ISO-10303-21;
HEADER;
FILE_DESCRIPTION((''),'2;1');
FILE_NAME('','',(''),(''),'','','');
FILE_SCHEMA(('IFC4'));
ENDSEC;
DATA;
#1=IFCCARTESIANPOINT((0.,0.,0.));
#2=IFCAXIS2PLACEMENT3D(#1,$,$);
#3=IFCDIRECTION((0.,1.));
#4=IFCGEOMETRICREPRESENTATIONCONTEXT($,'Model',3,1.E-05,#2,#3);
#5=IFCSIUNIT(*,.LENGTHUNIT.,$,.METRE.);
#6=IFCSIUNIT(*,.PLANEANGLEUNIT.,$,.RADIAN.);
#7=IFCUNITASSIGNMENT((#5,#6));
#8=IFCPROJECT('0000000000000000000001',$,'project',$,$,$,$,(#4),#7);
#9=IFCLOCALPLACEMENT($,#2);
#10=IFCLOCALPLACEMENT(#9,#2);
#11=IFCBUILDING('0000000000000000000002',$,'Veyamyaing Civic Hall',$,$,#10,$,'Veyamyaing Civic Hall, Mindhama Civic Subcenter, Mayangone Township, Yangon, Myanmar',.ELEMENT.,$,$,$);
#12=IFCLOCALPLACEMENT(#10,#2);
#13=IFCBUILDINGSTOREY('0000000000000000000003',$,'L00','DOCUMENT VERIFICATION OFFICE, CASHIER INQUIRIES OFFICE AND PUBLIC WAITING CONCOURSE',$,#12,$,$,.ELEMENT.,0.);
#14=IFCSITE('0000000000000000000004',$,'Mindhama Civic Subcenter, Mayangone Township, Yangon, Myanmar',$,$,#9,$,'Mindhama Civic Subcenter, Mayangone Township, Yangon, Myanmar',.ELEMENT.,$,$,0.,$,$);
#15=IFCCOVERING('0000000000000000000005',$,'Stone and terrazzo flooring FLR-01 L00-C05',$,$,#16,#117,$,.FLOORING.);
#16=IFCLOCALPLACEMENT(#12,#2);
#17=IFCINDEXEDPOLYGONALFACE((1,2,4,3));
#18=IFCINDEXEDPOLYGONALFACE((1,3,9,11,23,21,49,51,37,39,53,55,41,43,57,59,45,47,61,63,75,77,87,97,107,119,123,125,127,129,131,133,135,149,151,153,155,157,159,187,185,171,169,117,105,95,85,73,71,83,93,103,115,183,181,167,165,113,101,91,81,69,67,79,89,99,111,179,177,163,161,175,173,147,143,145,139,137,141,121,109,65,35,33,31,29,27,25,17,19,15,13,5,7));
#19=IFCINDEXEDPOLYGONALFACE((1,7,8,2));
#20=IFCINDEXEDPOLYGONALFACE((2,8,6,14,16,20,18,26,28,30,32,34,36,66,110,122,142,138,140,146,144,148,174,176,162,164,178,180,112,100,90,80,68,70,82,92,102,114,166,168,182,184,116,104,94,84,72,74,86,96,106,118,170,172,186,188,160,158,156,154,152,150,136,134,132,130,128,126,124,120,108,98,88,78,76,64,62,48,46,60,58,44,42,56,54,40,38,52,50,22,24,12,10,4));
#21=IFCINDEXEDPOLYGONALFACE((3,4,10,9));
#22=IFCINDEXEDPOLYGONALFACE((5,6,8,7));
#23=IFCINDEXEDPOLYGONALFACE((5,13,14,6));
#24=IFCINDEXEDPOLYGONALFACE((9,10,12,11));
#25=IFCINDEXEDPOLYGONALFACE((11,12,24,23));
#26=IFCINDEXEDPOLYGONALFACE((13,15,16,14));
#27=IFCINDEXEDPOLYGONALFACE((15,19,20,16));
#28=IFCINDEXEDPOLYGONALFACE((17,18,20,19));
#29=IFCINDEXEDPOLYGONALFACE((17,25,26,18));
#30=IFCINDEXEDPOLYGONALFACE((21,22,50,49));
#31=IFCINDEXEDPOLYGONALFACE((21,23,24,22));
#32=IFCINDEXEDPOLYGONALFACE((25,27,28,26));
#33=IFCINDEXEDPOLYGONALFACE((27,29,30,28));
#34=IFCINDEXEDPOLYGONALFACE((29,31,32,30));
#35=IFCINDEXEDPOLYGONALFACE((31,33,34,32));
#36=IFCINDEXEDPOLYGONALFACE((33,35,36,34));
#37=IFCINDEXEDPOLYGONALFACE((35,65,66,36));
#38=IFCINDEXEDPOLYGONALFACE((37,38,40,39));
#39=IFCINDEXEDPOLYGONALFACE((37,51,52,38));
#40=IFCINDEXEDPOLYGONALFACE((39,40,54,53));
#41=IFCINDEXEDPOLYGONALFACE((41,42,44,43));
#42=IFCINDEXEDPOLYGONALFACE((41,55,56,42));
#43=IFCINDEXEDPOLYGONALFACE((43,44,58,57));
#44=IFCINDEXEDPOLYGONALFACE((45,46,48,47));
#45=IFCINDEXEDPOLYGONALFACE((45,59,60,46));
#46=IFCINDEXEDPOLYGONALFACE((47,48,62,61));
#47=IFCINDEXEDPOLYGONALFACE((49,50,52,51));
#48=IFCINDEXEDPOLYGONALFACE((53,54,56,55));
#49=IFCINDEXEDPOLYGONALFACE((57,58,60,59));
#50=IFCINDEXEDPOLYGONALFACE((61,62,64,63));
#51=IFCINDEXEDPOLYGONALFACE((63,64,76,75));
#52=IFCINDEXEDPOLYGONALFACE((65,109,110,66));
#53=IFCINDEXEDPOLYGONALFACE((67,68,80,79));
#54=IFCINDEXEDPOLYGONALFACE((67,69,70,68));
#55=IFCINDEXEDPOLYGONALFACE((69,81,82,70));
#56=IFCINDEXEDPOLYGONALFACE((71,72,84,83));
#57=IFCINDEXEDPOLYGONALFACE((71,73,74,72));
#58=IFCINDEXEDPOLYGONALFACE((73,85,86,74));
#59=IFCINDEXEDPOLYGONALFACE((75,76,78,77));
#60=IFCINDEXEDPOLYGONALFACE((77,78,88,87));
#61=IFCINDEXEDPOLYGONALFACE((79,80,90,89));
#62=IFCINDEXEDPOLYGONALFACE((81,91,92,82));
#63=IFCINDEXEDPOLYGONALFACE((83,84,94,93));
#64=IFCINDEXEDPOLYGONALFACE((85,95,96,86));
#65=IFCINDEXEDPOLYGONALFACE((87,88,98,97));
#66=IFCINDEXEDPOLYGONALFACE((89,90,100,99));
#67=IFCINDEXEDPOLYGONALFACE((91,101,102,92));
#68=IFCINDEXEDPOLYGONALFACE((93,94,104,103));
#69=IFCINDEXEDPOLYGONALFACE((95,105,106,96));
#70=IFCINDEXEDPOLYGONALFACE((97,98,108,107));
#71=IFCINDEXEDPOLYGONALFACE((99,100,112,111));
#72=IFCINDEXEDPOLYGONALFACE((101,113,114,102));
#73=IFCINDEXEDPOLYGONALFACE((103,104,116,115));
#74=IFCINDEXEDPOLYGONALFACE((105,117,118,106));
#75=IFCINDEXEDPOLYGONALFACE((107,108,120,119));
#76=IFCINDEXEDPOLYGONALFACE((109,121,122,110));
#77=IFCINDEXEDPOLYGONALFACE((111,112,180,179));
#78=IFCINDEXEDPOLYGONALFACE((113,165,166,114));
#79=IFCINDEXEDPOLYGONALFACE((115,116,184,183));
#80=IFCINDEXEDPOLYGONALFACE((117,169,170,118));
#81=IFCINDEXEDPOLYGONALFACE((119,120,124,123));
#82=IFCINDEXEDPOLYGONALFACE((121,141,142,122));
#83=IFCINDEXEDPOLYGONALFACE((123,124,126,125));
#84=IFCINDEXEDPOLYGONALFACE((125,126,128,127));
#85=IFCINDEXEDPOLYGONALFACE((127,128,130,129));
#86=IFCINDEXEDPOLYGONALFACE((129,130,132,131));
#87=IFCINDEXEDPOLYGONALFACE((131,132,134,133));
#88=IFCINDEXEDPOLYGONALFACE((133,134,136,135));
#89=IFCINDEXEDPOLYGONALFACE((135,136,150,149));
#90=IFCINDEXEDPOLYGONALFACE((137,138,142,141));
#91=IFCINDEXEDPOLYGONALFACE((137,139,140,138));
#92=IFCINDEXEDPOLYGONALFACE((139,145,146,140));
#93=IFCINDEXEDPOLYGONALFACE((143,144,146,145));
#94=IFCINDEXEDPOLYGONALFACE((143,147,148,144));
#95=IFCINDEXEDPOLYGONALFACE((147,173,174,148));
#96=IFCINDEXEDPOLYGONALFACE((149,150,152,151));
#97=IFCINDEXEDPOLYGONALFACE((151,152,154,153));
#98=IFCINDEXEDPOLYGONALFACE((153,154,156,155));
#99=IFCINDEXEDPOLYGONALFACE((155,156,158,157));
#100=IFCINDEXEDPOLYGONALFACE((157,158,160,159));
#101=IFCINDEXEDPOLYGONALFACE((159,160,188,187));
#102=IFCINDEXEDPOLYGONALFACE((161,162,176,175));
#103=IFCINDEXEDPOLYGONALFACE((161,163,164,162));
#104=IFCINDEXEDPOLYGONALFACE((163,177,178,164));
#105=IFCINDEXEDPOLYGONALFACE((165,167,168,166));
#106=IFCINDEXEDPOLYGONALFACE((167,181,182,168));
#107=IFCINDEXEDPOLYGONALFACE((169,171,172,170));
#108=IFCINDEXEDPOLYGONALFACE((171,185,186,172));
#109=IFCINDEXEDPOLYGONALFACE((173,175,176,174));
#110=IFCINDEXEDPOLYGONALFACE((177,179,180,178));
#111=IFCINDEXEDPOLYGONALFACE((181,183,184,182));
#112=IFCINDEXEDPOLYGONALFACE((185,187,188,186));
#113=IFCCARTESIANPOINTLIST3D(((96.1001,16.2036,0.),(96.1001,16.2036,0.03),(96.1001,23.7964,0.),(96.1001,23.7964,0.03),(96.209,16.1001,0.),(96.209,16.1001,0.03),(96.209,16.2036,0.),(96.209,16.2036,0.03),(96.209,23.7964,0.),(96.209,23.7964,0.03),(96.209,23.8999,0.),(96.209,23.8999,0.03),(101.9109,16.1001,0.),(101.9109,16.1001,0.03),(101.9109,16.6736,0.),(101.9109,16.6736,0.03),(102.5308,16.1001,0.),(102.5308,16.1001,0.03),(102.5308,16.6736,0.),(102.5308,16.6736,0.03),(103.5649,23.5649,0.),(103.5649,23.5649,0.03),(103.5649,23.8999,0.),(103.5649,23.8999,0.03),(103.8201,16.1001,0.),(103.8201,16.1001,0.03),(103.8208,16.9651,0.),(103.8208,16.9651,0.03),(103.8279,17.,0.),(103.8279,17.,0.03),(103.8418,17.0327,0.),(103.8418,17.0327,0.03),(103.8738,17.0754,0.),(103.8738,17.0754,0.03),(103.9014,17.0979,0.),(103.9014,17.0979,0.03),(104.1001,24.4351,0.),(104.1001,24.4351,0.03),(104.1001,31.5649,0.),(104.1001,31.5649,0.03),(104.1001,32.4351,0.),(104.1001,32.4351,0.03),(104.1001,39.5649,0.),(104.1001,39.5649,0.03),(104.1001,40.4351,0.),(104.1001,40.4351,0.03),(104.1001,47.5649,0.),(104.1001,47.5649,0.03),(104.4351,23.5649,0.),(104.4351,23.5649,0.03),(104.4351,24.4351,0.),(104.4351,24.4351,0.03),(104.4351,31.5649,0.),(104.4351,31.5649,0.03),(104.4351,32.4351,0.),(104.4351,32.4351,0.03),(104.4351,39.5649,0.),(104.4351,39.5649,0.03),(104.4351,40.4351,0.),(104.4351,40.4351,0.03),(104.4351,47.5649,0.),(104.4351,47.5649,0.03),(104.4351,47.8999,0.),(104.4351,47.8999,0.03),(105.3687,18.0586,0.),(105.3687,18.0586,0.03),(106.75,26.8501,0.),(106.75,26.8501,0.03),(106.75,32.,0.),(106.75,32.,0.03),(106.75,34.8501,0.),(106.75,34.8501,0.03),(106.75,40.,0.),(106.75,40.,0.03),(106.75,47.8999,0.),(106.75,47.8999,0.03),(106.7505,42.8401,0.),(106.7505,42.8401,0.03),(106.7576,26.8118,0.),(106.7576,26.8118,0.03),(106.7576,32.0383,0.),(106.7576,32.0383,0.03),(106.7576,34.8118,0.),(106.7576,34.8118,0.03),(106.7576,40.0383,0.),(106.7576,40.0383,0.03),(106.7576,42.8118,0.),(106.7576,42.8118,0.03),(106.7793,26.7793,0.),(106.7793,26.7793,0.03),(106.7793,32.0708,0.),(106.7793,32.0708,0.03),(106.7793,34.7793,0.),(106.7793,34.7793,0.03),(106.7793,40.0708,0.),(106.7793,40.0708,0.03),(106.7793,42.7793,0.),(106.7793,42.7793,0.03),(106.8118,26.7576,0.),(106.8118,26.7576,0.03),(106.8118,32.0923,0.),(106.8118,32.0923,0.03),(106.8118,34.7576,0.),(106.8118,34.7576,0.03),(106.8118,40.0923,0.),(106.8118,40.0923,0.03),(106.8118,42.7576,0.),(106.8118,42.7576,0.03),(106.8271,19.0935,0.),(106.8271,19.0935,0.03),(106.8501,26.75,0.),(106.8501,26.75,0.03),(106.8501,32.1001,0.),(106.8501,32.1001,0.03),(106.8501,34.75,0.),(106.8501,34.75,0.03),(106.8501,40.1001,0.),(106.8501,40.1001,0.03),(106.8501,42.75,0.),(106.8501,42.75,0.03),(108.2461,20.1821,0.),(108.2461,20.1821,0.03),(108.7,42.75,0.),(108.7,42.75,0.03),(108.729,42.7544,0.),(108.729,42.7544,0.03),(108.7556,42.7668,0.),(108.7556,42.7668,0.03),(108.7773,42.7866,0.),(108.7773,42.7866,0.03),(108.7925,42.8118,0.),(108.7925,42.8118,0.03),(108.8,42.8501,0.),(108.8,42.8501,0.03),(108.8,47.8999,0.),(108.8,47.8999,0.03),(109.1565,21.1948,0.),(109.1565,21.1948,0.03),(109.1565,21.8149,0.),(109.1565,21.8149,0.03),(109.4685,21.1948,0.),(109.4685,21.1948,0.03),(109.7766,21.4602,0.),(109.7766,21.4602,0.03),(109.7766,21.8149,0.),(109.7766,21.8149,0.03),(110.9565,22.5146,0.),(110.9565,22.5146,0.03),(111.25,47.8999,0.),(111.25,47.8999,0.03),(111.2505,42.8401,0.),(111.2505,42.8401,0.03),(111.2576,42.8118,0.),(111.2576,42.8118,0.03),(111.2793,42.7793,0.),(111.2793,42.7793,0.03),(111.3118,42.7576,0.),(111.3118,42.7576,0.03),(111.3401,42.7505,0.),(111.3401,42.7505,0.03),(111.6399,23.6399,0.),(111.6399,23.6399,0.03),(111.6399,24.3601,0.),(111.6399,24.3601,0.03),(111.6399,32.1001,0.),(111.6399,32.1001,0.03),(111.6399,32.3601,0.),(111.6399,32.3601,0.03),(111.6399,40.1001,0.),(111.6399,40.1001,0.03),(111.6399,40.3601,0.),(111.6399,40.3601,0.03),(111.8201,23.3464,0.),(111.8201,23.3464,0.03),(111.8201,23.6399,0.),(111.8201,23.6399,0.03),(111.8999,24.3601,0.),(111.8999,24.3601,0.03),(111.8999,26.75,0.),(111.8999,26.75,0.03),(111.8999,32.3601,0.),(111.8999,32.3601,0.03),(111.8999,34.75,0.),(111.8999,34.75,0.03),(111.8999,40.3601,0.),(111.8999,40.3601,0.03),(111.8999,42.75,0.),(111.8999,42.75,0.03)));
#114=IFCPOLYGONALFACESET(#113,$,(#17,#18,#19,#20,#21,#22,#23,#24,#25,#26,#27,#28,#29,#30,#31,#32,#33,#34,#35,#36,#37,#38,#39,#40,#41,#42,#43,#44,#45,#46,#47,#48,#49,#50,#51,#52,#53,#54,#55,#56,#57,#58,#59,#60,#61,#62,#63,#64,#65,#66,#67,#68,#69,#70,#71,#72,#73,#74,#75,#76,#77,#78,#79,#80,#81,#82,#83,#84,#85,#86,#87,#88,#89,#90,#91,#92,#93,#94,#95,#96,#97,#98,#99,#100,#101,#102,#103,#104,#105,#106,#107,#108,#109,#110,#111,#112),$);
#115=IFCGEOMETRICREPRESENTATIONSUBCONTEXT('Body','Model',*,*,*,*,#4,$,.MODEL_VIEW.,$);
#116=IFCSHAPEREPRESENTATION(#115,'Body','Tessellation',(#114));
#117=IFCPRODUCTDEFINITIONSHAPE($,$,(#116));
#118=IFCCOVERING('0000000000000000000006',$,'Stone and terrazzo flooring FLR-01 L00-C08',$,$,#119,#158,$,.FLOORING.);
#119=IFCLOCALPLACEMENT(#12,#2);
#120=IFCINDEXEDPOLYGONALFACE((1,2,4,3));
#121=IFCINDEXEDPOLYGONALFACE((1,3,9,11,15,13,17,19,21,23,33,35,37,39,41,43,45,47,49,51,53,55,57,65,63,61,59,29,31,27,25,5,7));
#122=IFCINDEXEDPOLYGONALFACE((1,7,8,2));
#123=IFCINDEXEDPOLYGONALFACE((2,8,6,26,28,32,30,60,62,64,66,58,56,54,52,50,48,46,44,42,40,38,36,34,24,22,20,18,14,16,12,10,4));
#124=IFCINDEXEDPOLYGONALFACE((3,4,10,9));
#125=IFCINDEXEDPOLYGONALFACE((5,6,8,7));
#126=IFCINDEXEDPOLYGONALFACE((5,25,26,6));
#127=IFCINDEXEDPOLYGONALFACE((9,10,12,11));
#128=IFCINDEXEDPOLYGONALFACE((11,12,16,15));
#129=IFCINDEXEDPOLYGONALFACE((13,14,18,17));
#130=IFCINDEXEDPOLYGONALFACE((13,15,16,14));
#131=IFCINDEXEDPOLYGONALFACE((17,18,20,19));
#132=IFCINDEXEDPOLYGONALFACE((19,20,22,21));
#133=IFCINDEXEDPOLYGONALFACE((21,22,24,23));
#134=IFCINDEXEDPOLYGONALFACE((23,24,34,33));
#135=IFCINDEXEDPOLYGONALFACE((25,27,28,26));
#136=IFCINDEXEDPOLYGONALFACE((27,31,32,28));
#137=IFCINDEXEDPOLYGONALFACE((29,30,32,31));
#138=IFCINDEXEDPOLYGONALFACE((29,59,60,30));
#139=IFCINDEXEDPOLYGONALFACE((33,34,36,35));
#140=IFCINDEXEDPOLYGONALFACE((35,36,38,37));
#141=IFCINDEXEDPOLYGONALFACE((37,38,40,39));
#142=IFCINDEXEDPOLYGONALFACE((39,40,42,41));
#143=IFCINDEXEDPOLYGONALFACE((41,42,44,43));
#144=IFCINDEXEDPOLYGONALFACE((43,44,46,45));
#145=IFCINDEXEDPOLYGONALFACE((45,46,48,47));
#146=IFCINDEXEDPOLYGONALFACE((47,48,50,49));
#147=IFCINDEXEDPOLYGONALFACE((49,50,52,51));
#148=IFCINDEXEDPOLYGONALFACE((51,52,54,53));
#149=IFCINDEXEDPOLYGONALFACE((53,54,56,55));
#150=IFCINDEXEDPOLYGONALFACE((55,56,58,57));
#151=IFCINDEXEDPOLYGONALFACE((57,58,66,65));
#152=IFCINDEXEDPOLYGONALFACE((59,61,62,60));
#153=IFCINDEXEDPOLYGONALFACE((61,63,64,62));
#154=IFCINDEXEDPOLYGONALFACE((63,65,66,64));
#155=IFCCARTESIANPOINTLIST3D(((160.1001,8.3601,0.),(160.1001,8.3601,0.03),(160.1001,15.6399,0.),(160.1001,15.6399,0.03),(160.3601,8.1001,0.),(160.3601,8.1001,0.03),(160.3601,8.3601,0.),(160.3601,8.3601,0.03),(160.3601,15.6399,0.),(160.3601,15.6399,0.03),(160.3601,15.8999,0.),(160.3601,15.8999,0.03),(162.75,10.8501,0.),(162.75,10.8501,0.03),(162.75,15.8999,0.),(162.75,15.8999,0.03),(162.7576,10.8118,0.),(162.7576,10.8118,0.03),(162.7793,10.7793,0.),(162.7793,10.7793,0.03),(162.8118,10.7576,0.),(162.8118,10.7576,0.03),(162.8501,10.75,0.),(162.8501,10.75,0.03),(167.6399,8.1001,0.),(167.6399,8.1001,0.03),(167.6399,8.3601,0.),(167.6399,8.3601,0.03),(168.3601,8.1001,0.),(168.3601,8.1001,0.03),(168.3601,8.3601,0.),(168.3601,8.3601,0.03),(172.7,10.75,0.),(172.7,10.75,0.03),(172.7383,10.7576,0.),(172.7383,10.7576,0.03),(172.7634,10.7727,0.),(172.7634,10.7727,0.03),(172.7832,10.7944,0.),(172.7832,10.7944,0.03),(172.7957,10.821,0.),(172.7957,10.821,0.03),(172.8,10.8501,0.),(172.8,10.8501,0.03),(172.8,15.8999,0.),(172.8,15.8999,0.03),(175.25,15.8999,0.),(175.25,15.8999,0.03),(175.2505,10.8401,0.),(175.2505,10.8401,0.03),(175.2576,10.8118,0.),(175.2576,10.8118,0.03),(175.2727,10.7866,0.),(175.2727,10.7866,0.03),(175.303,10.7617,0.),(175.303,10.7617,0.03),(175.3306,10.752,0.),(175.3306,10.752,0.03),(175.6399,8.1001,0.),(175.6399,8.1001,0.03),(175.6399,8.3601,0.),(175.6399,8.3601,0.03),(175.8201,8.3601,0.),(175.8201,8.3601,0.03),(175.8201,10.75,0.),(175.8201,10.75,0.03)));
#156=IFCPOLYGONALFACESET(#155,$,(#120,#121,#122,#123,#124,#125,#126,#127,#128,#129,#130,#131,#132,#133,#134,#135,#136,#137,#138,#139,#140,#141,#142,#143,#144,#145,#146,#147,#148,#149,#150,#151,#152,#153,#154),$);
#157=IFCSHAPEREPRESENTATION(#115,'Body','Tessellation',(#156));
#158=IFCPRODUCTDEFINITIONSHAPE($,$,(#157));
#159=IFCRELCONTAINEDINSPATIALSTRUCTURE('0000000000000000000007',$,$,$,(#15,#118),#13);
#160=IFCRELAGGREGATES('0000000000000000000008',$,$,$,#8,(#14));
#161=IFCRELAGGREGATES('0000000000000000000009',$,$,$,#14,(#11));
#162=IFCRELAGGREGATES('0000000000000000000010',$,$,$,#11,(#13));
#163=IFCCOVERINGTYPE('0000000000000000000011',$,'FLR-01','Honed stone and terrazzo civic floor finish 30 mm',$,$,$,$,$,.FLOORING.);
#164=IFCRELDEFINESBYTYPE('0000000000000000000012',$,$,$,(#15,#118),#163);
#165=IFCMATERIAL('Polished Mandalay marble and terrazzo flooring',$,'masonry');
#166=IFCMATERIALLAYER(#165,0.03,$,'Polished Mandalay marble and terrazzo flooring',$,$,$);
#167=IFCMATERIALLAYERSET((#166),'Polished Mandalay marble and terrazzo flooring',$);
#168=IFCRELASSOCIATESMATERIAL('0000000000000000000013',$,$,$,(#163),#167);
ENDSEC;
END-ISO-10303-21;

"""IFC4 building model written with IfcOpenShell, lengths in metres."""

from ifc_helpers import new_model, si_unit, direction, origin, place, context, subcontext, project, spatial, polyline, outline, extrude, material, layer, layer_set, type_object, element, save


model = new_model("IFC4")

# Units and contexts
model_context = context("Model", 3, precision=1e-05, world=origin(), true_north=direction((0.0, 1.0)))
body_context = subcontext(model_context, "Body", "Model", "MODEL_VIEW")
ifc_project = project(units=[si_unit("LENGTHUNIT", "METRE"), si_unit("PLANEANGLEUNIT", "RADIAN")], contexts=[model_context])

# Site, building, storey
site_placement = place(None, origin())
site = spatial("IfcSite", under=ifc_project, at=site_placement, Name="Mindhama Civic Subcenter, Mayangone Township, Yangon, Myanmar", LongName="Mindhama Civic Subcenter, Mayangone Township, Yangon, Myanmar", CompositionType="ELEMENT", RefElevation=0.0)
building_placement = place(site_placement, origin())
building = spatial("IfcBuilding", under=site, at=building_placement, Name="Veyamyaing Civic Hall", LongName="Veyamyaing Civic Hall, Mindhama Civic Subcenter, Mayangone Township, Yangon, Myanmar", CompositionType="ELEMENT")
storey_placement = place(building_placement, origin())
storey = spatial("IfcBuildingStorey", under=building, at=storey_placement, Name="L00", Description="DOCUMENT VERIFICATION OFFICE, CASHIER INQUIRIES OFFICE AND PUBLIC WAITING CONCOURSE", CompositionType="ELEMENT", Elevation=0.0)

# Coverings
ifc_material_1 = material(Name="Polished Mandalay marble and terrazzo flooring", Category="masonry")
ifc_layer_1 = layer(ifc_material_1, 0.03, Name="Polished Mandalay marble and terrazzo flooring")
ifc_layer_set_1 = layer_set([ifc_layer_1], Name="Polished Mandalay marble and terrazzo flooring")
covering_type_1 = type_object("IfcCoveringType", Name="FLR-01", Description="Honed stone and terrazzo civic floor finish 30 mm", PredefinedType="FLOORING", material=ifc_layer_set_1)
covering_1_placement = place(storey_placement, origin())
element("IfcCovering", 1, at=covering_1_placement, inside=storey, type_object=covering_type_1, Name="Stone and terrazzo flooring FLR-01 L00-C05", PredefinedType="FLOORING", context=body_context, shape_type="SweptSolid", body=[
    extrude(outline(polyline([(106.7576, 42.8118), (106.7793, 42.7793), (106.8118, 42.7576), (106.8501, 42.75), (108.7, 42.75), (108.729, 42.7544), (108.7556, 42.7668), (108.7773, 42.7866), (108.7925, 42.8118), (108.8, 42.8501), (108.8, 47.8999), (111.25, 47.8999), (111.2505, 42.8401), (111.2576, 42.8118), (111.2793, 42.7793), (111.3118, 42.7576), (111.3401, 42.7505), (111.8999, 42.75), (111.8999, 40.3601), (111.6399, 40.3601), (111.6399, 40.1001), (106.8501, 40.1001), (106.8118, 40.0923), (106.7793, 40.0708), (106.7576, 40.0383), (106.75, 40.0), (106.75, 34.8501), (106.7576, 34.8118), (106.7793, 34.7793), (106.8118, 34.7576), (106.8501, 34.75), (111.8999, 34.75), (111.8999, 32.3601), (111.6399, 32.3601), (111.6399, 32.1001), (106.8501, 32.1001), (106.8118, 32.0923), (106.7793, 32.0708), (106.7576, 32.0383), (106.75, 32.0), (106.75, 26.8501), (106.7576, 26.8118), (106.7793, 26.7793), (106.8118, 26.7576), (106.8501, 26.75), (111.8999, 26.75), (111.8999, 24.3601), (111.6399, 24.3601), (111.6399, 23.6399), (111.8201, 23.6399), (111.8201, 23.3464), (110.9565, 22.5146), (109.7766, 21.4602), (109.7766, 21.8149), (109.1565, 21.8149), (109.1565, 21.1948), (109.4685, 21.1948), (108.2461, 20.1821), (106.8271, 19.0935), (105.3687, 18.0586), (103.9014, 17.0979), (103.8738, 17.0754), (103.8418, 17.0327), (103.8279, 17.0), (103.8208, 16.9651), (103.8201, 16.1001), (102.5308, 16.1001), (102.5308, 16.6736), (101.9109, 16.6736), (101.9109, 16.1001), (96.209, 16.1001), (96.209, 16.2036), (96.1001, 16.2036), (96.1001, 23.7964), (96.209, 23.7964), (96.209, 23.8999), (103.5649, 23.8999), (103.5649, 23.5649), (104.4351, 23.5649), (104.4351, 24.4351), (104.1001, 24.4351), (104.1001, 31.5649), (104.4351, 31.5649), (104.4351, 32.4351), (104.1001, 32.4351), (104.1001, 39.5649), (104.4351, 39.5649), (104.4351, 40.4351), (104.1001, 40.4351), (104.1001, 47.5649), (104.4351, 47.5649), (104.4351, 47.8999), (106.75, 47.8999), (106.7505, 42.8401), (106.7576, 42.8118)])), origin(), (0.0, 0.0, 1.0), 0.03),
])
covering_2_placement = place(storey_placement, origin())
element("IfcCovering", 2, at=covering_2_placement, inside=storey, type_object=covering_type_1, Name="Stone and terrazzo flooring FLR-01 L00-C08", PredefinedType="FLOORING", context=body_context, shape_type="SweptSolid", body=[
    extrude(outline(polyline([(162.7576, 10.8118), (162.7793, 10.7793), (162.8118, 10.7576), (162.8501, 10.75), (172.7, 10.75), (172.7383, 10.7576), (172.7634, 10.7727), (172.7832, 10.7944), (172.7957, 10.821), (172.8, 10.8501), (172.8, 15.8999), (175.25, 15.8999), (175.2505, 10.8401), (175.2576, 10.8118), (175.2727, 10.7866), (175.303, 10.7617), (175.3306, 10.752), (175.8201, 10.75), (175.8201, 8.3601), (175.6399, 8.3601), (175.6399, 8.1001), (168.3601, 8.1001), (168.3601, 8.3601), (167.6399, 8.3601), (167.6399, 8.1001), (160.3601, 8.1001), (160.3601, 8.3601), (160.1001, 8.3601), (160.1001, 15.6399), (160.3601, 15.6399), (160.3601, 15.8999), (162.75, 15.8999), (162.75, 10.8501), (162.7576, 10.8118)])), origin(), (0.0, 0.0, 1.0), 0.03),
])

save(model, "model.ifc")
